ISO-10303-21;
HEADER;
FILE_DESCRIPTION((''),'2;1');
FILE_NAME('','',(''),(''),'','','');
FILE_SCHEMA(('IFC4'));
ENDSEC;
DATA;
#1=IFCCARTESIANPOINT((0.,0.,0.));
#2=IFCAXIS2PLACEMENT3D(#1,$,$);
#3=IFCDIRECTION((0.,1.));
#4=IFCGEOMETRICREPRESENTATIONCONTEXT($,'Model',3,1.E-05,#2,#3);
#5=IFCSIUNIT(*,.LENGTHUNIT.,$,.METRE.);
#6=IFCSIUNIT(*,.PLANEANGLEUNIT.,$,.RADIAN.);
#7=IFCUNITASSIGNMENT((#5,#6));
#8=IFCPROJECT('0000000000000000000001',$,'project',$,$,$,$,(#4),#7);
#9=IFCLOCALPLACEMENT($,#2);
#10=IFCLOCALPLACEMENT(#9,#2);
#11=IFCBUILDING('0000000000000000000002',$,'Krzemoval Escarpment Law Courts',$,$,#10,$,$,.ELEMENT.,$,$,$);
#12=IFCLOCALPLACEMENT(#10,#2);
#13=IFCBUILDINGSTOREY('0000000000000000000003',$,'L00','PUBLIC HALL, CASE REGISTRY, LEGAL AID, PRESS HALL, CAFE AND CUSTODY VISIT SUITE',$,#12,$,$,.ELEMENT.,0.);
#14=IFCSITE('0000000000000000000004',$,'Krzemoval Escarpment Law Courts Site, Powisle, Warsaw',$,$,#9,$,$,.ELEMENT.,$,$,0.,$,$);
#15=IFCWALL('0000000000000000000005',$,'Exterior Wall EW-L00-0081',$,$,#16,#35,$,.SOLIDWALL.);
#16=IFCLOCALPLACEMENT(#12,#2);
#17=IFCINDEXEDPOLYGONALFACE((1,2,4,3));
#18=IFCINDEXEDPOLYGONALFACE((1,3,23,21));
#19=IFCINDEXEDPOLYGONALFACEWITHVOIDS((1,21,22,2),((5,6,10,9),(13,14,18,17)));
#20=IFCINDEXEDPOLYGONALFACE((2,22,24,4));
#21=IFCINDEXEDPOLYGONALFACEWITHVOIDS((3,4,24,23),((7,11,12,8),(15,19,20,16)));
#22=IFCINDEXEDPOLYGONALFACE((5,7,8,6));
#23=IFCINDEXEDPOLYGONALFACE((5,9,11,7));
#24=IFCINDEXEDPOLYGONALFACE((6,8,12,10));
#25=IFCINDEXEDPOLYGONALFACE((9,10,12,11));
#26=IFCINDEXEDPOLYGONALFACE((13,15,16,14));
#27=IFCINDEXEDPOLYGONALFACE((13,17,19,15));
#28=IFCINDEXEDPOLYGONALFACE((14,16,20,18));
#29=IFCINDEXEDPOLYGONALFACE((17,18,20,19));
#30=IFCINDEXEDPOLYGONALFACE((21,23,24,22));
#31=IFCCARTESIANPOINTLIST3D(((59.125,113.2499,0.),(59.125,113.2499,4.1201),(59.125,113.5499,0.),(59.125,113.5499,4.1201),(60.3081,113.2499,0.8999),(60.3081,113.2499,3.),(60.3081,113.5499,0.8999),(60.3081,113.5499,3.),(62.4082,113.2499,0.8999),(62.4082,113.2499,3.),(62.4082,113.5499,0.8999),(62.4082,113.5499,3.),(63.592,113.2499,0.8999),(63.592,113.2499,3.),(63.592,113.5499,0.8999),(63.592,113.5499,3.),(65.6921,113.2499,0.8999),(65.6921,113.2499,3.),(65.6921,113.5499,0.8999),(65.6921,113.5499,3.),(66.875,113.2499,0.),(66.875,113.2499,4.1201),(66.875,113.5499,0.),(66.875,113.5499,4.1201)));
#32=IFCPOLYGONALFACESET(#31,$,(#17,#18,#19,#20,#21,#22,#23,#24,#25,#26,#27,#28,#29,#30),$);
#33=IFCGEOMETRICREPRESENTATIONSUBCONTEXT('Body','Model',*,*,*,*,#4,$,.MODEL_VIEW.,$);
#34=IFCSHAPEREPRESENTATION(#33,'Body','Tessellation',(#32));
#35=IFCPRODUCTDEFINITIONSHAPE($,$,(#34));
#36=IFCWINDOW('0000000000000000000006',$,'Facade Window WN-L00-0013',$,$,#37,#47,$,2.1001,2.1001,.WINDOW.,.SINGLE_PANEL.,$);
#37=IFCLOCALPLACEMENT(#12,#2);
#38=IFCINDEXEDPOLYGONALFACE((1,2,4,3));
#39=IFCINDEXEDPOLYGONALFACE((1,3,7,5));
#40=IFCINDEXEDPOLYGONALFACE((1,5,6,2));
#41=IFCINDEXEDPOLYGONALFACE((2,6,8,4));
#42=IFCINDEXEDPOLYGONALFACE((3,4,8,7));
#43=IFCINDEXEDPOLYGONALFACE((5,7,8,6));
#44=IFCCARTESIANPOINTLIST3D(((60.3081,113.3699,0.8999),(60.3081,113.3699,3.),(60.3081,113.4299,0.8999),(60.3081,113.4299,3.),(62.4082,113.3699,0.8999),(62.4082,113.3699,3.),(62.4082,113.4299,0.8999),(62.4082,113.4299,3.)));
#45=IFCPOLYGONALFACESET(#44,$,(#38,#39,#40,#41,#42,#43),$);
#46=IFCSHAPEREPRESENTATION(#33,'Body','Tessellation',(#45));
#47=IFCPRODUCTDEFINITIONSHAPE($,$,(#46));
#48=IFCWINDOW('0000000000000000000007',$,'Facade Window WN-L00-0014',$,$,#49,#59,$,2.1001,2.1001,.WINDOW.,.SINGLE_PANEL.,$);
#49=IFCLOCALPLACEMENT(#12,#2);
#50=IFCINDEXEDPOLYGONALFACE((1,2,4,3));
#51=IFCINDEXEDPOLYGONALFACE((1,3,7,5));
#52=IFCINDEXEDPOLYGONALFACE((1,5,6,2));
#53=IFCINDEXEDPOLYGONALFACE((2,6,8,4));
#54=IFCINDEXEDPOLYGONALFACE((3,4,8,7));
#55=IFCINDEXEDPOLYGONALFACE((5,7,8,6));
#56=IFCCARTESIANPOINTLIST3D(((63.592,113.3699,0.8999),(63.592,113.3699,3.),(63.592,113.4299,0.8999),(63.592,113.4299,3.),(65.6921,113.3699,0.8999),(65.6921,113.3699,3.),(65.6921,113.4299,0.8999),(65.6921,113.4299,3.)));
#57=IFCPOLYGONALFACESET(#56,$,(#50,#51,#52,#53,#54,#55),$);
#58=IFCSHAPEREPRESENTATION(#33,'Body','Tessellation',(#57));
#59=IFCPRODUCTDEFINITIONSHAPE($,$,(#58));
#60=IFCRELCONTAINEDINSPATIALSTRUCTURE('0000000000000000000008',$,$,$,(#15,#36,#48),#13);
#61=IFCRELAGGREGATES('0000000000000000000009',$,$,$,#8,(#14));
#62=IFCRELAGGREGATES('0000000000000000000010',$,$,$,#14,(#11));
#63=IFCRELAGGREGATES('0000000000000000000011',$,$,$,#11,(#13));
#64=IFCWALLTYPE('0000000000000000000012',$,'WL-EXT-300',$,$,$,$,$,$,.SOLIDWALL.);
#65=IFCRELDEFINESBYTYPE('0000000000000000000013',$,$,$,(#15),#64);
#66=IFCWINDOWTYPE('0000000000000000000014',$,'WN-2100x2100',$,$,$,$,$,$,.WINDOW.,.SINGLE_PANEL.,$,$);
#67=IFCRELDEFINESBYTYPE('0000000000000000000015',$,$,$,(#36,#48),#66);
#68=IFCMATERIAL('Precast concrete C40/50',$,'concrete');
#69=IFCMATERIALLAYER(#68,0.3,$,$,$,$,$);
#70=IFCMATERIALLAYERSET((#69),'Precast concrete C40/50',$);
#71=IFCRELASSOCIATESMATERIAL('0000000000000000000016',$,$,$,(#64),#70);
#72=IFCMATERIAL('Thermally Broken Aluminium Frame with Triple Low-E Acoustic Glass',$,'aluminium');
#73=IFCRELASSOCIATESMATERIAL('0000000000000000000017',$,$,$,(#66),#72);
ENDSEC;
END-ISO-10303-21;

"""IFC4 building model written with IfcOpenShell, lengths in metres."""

from ifc_helpers import new_model, si_unit, direction, frame, frame_2d, origin, place, context, subcontext, project, spatial, rectangle, extrude, material, layer, layer_set, type_object, element, fill, save


model = new_model("IFC4")

# Units and contexts
model_context = context("Model", 3, precision=1e-05, world=origin(), true_north=direction((0.0, 1.0)))
body_context = subcontext(model_context, "Body", "Model", "MODEL_VIEW")
ifc_project = project(units=[si_unit("LENGTHUNIT", "METRE"), si_unit("PLANEANGLEUNIT", "RADIAN")], contexts=[model_context])

# Site, building, storey
site_placement = place(None, origin())
site = spatial("IfcSite", under=ifc_project, at=site_placement, Name="Krzemoval Escarpment Law Courts Site, Powisle, Warsaw", CompositionType="ELEMENT", RefElevation=0.0)
building_placement = place(site_placement, origin())
building = spatial("IfcBuilding", under=site, at=building_placement, Name="Krzemoval Escarpment Law Courts", CompositionType="ELEMENT")
storey_placement = place(building_placement, origin())
storey = spatial("IfcBuildingStorey", under=building, at=storey_placement, Name="L00", Description="PUBLIC HALL, CASE REGISTRY, LEGAL AID, PRESS HALL, CAFE AND CUSTODY VISIT SUITE", CompositionType="ELEMENT", Elevation=0.0)

# Wall, openings, windows
ifc_material_1 = material(Name="Precast concrete C40/50", Category="concrete")
ifc_layer = layer(ifc_material_1, 0.3)
ifc_layer_set = layer_set([ifc_layer], Name="Precast concrete C40/50")
wall_type = type_object("IfcWallType", Name="WL-EXT-300", PredefinedType="SOLIDWALL", material=ifc_layer_set)
ifc_material_2 = material(Name="Thermally Broken Aluminium Frame with Triple Low-E Acoustic Glass", Category="aluminium")
window_type_1 = type_object("IfcWindowType", Name="WN-2100x2100", PartitioningType="SINGLE_PANEL", PredefinedType="WINDOW", material=ifc_material_2)
wall_1_placement = place(storey_placement, frame((59.125, 113.3999, 0.0), z_axis=(0.0, 0.0, 1.0), x_axis=(1.0, 0.0, 0.0)))
wall_1 = element("IfcWall", 1, at=wall_1_placement, inside=storey, type_object=wall_type, Name="Exterior Wall EW-L00-0081", PredefinedType="SOLIDWALL", context=body_context, shape_type="SweptSolid", body=[
    extrude(rectangle(XDim=7.75, YDim=0.3, at=frame_2d((3.875, 0.0))), origin(), (0.0, 0.0, 1.0), 4.1201),
])
opening_1_placement = place(wall_1_placement, frame((1.1831, 0.0, 0.8999)))
opening_1 = element("IfcOpeningElement", 2, at=opening_1_placement, cuts=wall_1, PredefinedType="OPENING", context=body_context, shape_type="SweptSolid", body=[
    extrude(rectangle(XDim=2.1001, YDim=2.1001, at=frame_2d((1.05, 1.05))), frame((0.0, 0.165, 0.0), z_axis=(0.0, -1.0, 0.0), x_axis=(1.0, 0.0, 0.0)), (0.0, 0.0, 1.0), 0.3301),
])
opening_2_placement = place(wall_1_placement, frame((4.467, 0.0, 0.8999)))
opening_2 = element("IfcOpeningElement", 3, at=opening_2_placement, cuts=wall_1, PredefinedType="OPENING", context=body_context, shape_type="SweptSolid", body=[
    extrude(rectangle(XDim=2.1001, YDim=2.1001, at=frame_2d((1.05, 1.05))), frame((0.0, 0.165, 0.0), z_axis=(0.0, -1.0, 0.0), x_axis=(1.0, 0.0, 0.0)), (0.0, 0.0, 1.0), 0.3301),
])
window_1_placement = place(opening_1_placement, origin())
window_1 = element("IfcWindow", 4, at=window_1_placement, inside=storey, type_object=window_type_1, Name="Facade Window WN-L00-0013", OverallHeight=2.1001, OverallWidth=2.1001, PartitioningType="SINGLE_PANEL", PredefinedType="WINDOW", context=body_context, shape_type="SweptSolid", body=[
    extrude(rectangle(XDim=2.1001, YDim=2.1001, at=frame_2d((1.05, 1.05))), frame((0.0, 0.03, 0.0), z_axis=(0.0, -1.0, 0.0), x_axis=(1.0, 0.0, 0.0)), (0.0, 0.0, 1.0), 0.0601),
])
fill(opening_1, window_1)
window_2_placement = place(opening_2_placement, origin())
window_2 = element("IfcWindow", 5, at=window_2_placement, inside=storey, type_object=window_type_1, Name="Facade Window WN-L00-0014", OverallHeight=2.1001, OverallWidth=2.1001, PartitioningType="SINGLE_PANEL", PredefinedType="WINDOW", context=body_context, shape_type="SweptSolid", body=[
    extrude(rectangle(XDim=2.1001, YDim=2.1001, at=frame_2d((1.05, 1.05))), frame((0.0, 0.03, 0.0), z_axis=(0.0, -1.0, 0.0), x_axis=(1.0, 0.0, 0.0)), (0.0, 0.0, 1.0), 0.0601),
])
fill(opening_2, window_2)

save(model, "model.ifc")
